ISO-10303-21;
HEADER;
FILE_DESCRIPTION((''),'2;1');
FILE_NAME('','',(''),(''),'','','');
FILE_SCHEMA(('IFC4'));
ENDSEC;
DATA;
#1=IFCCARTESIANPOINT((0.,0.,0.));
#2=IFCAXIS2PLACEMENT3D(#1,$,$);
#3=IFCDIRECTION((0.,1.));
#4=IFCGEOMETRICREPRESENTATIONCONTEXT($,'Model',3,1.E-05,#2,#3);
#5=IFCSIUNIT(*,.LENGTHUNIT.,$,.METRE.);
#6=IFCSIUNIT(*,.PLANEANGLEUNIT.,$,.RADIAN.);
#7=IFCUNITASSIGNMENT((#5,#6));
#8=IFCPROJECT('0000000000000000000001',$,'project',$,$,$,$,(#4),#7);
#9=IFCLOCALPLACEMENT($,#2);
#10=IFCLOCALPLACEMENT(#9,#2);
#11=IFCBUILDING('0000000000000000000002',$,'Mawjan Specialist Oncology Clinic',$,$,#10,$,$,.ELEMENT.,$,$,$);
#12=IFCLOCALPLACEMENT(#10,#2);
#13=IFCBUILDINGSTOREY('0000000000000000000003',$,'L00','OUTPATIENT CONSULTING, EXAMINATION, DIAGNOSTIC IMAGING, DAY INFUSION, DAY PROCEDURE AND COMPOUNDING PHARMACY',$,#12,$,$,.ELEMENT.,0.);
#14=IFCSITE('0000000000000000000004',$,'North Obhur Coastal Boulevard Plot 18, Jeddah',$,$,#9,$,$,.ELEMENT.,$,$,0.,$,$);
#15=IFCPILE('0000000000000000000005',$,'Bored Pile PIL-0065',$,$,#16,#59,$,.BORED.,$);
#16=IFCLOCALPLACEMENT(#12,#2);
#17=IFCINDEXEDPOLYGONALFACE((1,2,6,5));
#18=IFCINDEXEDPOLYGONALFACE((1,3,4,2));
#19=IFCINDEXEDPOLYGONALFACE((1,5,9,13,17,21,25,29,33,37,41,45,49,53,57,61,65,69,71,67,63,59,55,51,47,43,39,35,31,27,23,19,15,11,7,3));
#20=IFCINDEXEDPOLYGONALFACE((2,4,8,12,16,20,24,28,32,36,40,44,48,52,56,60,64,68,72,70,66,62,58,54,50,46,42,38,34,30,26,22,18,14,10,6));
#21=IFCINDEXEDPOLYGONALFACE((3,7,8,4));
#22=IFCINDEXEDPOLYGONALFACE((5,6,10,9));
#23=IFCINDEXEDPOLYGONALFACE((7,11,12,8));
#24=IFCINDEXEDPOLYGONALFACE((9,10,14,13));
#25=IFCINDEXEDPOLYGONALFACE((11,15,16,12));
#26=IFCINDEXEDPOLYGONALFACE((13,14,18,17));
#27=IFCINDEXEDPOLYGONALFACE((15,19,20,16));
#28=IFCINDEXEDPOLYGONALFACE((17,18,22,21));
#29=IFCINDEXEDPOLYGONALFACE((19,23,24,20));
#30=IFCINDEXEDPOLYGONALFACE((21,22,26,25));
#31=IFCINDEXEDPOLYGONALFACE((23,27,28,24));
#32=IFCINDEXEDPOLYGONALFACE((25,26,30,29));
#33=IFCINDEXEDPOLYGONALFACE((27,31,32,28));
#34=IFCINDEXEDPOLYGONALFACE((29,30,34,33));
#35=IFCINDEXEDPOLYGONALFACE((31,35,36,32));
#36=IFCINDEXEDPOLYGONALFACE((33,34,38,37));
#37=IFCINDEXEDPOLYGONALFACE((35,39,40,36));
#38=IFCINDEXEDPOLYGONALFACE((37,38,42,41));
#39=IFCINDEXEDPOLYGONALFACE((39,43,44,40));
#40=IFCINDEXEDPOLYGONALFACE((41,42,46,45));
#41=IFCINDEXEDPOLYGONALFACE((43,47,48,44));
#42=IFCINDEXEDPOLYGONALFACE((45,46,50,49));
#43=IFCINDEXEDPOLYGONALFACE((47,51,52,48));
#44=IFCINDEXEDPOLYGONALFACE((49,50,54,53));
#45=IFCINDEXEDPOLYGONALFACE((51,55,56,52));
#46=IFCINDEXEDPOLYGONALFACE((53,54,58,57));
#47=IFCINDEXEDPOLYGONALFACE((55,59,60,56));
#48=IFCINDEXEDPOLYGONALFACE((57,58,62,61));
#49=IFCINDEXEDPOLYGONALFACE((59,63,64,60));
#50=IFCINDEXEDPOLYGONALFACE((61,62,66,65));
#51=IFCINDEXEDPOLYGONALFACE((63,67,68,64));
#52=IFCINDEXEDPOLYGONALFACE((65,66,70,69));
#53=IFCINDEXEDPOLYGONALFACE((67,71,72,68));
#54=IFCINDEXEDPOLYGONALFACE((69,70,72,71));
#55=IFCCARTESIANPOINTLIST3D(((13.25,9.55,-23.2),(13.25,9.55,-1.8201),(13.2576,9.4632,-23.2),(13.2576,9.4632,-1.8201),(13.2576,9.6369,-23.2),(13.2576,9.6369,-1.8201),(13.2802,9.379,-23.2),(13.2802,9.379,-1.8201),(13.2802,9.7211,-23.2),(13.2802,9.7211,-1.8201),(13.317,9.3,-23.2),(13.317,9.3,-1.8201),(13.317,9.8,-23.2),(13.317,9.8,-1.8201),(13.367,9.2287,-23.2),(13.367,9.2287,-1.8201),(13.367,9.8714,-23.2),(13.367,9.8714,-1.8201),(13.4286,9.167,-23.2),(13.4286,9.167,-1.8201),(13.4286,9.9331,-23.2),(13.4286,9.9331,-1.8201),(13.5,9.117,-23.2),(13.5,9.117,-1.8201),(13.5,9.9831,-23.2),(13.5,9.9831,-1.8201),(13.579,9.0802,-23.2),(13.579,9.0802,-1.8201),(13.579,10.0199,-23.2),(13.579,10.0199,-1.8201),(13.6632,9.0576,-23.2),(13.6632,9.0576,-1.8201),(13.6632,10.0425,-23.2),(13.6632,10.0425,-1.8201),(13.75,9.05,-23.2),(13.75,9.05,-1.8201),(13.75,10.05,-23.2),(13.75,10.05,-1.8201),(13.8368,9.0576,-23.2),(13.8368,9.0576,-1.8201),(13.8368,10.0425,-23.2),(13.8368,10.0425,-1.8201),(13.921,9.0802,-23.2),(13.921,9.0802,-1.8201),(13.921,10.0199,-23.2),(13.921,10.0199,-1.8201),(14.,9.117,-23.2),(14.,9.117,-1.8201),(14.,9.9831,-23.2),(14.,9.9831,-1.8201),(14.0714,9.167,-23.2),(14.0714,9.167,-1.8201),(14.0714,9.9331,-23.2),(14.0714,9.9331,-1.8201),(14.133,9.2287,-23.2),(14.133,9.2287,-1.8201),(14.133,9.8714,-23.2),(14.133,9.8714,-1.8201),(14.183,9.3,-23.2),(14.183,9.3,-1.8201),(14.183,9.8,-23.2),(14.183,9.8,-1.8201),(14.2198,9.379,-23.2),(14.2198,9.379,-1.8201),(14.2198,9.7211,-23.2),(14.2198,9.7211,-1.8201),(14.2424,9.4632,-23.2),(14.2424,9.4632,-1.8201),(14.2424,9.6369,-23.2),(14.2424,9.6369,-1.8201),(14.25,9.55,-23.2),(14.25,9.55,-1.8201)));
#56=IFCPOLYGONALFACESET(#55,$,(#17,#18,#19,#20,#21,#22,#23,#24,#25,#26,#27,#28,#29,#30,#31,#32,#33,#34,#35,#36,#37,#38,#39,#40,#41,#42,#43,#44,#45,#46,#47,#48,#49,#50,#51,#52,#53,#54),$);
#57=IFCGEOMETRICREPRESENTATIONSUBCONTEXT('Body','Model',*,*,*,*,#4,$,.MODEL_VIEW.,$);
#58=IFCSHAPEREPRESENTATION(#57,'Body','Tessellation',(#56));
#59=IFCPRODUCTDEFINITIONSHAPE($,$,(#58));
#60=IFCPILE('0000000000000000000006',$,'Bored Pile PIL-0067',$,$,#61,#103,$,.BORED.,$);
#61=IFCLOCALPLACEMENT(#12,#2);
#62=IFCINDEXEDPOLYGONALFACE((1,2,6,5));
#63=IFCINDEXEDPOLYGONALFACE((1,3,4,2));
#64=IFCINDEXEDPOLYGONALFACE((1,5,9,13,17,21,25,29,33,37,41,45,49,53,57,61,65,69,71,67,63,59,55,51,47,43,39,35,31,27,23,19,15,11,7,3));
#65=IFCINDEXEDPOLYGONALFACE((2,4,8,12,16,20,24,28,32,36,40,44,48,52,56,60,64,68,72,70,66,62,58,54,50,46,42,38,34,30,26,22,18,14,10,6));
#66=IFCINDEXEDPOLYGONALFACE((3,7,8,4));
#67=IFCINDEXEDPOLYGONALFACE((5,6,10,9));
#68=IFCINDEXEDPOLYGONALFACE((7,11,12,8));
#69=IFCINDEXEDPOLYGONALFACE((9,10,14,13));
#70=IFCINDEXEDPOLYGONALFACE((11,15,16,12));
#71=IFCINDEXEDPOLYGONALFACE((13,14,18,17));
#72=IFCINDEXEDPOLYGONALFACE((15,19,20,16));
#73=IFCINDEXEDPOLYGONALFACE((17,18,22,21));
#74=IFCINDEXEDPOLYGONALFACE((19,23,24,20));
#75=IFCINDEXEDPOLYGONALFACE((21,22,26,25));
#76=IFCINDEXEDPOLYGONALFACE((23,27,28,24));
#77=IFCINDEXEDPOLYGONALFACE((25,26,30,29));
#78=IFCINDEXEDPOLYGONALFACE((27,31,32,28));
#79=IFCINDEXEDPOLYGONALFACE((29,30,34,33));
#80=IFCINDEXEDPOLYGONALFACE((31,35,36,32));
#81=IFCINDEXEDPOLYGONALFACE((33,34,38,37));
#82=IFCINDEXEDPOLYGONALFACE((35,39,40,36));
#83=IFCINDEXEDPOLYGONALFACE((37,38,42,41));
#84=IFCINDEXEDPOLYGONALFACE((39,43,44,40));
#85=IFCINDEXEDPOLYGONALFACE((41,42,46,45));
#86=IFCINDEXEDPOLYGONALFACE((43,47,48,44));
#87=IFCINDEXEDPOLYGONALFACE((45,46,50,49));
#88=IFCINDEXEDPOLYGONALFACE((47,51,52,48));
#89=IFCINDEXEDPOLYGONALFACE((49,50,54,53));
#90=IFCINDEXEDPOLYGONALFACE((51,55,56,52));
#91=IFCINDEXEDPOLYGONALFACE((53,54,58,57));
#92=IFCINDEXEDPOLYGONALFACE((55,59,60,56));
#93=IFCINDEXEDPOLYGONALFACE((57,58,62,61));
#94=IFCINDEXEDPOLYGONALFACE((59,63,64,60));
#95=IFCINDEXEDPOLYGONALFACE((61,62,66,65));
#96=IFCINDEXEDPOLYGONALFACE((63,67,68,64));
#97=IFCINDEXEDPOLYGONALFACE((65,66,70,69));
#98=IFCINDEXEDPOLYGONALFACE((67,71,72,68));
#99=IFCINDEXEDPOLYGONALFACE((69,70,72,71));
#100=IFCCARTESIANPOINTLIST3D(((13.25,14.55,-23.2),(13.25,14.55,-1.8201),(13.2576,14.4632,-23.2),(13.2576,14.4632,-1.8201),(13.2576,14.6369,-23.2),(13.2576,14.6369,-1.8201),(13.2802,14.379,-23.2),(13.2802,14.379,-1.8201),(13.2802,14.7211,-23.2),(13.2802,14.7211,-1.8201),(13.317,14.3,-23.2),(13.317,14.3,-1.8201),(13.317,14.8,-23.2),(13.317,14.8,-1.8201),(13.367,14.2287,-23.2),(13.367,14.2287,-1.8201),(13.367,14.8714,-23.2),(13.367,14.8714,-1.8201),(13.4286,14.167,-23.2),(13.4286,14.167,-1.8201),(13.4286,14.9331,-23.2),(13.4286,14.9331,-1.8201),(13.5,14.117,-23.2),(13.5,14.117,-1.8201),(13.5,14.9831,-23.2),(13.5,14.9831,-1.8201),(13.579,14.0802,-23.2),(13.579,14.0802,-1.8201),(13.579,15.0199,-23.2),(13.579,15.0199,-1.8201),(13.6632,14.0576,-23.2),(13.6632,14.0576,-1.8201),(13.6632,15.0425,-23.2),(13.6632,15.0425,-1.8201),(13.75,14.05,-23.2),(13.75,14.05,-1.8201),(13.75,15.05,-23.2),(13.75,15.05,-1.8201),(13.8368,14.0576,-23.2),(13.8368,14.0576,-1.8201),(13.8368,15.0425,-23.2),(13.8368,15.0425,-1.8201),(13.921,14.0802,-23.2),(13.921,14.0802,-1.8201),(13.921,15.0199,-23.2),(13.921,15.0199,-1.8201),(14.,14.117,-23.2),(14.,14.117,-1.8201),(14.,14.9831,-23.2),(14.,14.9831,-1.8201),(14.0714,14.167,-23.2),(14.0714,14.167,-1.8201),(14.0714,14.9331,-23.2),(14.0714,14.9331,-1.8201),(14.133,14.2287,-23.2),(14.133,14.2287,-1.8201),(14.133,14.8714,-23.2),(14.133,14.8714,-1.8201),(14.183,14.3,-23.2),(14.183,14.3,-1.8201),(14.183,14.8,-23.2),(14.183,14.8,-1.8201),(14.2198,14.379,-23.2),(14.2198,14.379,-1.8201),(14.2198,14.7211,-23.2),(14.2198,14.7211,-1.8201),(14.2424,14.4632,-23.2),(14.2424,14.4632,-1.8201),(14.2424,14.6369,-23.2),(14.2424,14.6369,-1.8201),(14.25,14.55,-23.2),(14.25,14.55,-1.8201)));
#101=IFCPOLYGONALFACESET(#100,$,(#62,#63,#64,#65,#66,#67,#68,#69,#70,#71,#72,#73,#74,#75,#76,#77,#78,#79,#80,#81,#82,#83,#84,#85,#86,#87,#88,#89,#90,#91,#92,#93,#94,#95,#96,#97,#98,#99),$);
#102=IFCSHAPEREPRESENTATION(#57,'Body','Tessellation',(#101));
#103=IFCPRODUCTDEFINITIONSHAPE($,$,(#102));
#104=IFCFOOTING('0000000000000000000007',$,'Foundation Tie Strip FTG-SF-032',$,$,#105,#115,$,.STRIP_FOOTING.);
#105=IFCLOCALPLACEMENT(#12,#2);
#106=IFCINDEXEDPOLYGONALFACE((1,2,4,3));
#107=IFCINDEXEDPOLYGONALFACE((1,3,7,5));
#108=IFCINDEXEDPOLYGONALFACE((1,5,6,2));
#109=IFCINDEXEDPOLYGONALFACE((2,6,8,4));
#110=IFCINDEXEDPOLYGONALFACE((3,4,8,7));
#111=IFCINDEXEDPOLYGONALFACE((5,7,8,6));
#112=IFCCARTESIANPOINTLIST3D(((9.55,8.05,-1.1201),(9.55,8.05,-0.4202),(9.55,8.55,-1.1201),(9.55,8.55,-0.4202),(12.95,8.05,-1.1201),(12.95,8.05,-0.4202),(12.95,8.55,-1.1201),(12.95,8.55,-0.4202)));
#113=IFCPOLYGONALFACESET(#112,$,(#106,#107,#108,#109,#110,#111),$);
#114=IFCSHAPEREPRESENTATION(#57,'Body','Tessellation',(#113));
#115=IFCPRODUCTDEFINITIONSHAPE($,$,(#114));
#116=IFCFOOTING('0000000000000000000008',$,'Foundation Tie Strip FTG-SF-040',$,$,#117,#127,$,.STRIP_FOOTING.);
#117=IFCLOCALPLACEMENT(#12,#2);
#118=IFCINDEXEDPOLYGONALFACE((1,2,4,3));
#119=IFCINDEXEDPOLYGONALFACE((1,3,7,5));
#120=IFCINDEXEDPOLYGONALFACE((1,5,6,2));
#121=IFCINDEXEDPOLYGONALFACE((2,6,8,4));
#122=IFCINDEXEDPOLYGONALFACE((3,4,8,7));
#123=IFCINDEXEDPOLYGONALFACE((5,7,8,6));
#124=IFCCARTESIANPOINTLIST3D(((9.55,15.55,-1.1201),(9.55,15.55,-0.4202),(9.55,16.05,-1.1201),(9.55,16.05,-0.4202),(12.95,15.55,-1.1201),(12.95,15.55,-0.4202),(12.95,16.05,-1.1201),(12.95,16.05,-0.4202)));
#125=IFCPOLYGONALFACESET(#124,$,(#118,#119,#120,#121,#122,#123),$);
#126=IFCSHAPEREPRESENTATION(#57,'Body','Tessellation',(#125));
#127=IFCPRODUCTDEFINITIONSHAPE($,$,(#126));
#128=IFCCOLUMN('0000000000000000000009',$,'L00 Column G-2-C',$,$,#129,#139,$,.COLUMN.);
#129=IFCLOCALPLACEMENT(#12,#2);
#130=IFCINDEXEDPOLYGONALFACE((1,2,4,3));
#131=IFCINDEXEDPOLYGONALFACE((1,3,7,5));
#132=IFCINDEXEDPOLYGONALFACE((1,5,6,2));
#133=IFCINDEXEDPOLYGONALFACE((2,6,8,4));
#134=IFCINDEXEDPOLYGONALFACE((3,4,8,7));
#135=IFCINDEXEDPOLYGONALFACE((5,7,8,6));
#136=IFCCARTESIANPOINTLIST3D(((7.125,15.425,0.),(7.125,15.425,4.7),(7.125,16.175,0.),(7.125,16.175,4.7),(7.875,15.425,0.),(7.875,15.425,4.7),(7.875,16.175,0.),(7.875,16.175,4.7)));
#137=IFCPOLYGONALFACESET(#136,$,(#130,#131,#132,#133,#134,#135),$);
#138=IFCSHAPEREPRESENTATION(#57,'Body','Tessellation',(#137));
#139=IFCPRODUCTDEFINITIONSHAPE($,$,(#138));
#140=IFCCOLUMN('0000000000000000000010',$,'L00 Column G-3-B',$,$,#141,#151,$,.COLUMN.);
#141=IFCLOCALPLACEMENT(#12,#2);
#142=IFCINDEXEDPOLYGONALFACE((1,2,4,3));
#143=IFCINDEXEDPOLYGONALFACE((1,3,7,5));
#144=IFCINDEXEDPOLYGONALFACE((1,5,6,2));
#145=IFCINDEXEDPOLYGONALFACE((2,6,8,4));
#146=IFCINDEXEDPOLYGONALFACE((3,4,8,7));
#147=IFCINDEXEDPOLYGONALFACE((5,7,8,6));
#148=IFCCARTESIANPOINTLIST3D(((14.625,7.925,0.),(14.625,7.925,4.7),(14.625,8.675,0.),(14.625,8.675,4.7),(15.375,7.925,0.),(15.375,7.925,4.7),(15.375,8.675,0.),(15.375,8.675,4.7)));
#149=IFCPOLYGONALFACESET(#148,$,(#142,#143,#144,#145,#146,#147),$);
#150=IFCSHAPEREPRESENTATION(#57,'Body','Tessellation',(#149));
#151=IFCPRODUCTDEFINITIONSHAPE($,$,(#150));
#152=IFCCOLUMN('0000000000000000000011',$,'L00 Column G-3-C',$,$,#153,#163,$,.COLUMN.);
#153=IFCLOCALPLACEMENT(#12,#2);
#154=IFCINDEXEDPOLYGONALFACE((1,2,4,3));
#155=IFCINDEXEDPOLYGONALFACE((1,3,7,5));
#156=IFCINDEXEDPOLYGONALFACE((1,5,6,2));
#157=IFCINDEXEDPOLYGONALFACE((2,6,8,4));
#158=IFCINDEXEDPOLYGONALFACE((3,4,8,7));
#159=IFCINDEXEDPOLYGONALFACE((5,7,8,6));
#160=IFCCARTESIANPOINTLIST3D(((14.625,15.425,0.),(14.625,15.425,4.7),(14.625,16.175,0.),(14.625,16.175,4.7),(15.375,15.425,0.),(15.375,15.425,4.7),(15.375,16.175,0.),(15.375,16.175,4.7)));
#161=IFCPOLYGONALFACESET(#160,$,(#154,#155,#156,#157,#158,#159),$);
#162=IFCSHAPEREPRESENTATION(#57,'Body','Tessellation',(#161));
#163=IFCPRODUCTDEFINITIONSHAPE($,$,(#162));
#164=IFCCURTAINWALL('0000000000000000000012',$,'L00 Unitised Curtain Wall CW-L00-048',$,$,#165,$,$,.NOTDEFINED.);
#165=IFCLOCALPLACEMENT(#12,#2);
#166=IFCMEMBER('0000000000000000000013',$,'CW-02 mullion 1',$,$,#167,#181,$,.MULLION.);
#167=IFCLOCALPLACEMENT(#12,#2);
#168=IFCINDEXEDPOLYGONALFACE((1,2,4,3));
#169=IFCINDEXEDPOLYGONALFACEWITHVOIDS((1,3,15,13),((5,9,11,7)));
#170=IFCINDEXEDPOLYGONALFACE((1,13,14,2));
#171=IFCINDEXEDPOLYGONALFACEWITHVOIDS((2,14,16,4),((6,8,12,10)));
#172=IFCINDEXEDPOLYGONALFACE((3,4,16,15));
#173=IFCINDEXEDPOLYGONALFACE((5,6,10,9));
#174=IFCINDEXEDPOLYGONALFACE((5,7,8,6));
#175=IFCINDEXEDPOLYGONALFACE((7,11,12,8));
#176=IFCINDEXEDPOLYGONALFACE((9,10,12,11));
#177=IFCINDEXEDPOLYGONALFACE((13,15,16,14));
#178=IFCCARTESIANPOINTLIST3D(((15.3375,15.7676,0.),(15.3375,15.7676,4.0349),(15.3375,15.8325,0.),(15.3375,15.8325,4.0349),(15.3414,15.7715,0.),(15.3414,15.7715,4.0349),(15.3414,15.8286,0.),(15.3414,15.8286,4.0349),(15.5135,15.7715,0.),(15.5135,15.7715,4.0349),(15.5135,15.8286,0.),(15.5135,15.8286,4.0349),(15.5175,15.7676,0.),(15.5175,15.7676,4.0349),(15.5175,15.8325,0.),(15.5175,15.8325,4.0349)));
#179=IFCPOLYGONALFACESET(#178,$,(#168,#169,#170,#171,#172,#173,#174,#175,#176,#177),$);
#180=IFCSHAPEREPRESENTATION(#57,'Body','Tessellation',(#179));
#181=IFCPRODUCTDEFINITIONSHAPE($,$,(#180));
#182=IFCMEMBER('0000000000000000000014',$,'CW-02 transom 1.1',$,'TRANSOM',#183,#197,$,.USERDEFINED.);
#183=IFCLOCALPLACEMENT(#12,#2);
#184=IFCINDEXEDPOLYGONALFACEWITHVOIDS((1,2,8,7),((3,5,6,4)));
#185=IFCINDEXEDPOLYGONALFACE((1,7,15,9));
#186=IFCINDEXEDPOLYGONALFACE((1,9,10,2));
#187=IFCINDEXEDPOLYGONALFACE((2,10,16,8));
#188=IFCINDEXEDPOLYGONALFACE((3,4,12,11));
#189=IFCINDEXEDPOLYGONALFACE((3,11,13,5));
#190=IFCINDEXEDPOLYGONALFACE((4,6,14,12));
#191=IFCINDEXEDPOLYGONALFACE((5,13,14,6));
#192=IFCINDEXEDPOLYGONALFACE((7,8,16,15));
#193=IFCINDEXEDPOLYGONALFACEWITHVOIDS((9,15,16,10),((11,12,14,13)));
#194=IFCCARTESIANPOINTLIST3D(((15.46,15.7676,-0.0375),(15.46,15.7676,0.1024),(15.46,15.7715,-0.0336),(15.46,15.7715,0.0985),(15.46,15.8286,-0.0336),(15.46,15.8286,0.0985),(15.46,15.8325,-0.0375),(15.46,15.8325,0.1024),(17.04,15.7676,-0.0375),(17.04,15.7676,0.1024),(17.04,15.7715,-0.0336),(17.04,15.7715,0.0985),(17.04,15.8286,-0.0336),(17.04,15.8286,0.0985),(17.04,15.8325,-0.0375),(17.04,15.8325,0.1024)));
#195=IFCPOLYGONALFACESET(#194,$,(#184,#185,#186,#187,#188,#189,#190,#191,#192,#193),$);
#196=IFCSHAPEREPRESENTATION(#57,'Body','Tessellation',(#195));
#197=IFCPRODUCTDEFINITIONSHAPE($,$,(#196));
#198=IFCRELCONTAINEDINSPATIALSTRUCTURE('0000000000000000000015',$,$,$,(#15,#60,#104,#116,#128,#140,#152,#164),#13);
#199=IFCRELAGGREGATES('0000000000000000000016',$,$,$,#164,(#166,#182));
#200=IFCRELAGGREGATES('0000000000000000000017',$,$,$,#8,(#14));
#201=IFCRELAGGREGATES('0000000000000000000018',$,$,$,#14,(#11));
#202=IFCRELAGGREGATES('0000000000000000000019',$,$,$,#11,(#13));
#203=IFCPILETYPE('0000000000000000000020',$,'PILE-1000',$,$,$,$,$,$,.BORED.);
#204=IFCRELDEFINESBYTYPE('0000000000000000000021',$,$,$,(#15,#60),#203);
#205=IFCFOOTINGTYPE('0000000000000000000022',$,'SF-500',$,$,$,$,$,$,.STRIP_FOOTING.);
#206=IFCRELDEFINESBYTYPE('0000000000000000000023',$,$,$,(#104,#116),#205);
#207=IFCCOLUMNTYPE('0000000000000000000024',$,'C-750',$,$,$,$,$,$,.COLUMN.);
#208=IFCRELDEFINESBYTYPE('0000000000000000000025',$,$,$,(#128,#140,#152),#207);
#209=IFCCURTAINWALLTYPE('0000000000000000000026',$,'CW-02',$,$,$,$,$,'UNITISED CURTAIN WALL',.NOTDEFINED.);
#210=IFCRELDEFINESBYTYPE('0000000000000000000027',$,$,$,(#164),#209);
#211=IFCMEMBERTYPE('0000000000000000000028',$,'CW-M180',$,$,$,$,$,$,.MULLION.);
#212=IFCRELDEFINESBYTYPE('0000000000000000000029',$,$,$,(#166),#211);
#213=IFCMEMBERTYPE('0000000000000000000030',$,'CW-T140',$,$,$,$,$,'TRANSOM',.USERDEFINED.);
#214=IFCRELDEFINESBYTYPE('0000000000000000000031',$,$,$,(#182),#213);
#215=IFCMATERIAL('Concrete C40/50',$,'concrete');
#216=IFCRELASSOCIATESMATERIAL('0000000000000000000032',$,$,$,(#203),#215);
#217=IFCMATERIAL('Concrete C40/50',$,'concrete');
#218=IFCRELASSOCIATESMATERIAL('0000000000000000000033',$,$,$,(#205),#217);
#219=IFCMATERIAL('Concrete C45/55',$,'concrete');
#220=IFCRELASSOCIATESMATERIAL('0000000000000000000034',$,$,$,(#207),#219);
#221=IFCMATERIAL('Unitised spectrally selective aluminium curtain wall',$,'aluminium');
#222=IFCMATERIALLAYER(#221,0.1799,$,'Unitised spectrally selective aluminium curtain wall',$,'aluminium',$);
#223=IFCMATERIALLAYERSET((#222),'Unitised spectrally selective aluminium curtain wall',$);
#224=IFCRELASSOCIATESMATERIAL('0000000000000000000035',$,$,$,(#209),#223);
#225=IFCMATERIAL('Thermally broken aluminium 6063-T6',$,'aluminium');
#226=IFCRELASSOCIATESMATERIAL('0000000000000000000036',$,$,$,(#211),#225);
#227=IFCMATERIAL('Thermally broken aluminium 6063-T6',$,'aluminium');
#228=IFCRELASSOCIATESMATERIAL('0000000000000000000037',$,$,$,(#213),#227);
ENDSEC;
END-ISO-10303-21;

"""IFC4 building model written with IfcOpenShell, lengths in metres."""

from ifc_helpers import new_model, si_unit, direction, frame, origin, origin_2d, place, context, subcontext, project, spatial, rectangle, hollow_rectangle, circle, extrude, material, layer, layer_set, material_profile, profile_set, type_object, element, aggregate, save


model = new_model("IFC4")

# Units and contexts
model_context = context("Model", 3, precision=1e-05, world=origin(), true_north=direction((0.0, 1.0)))
body_context = subcontext(model_context, "Body", "Model", "MODEL_VIEW")
ifc_project = project(units=[si_unit("LENGTHUNIT", "METRE"), si_unit("PLANEANGLEUNIT", "RADIAN")], contexts=[model_context])

# Site, building, storey
site_placement = place(None, origin())
site = spatial("IfcSite", under=ifc_project, at=site_placement, Name="North Obhur Coastal Boulevard Plot 18, Jeddah", CompositionType="ELEMENT", RefElevation=0.0)
building_placement = place(site_placement, origin())
building = spatial("IfcBuilding", under=site, at=building_placement, Name="Mawjan Specialist Oncology Clinic", CompositionType="ELEMENT")
storey_placement = place(building_placement, origin())
storey = spatial("IfcBuildingStorey", under=building, at=storey_placement, Name="L00", Description="OUTPATIENT CONSULTING, EXAMINATION, DIAGNOSTIC IMAGING, DAY INFUSION, DAY PROCEDURE AND COMPOUNDING PHARMACY", CompositionType="ELEMENT", Elevation=0.0)

# Piles
ifc_material_1 = material(Name="Concrete C40/50", Category="concrete")
ifc_material_profile_1 = material_profile(ifc_material_1, circle(Radius=0.5, at=origin_2d()), Name="BORED PILE D1000", Category="concrete")
ifc_profile_set_1 = profile_set([ifc_material_profile_1], Name="Concrete C40/50")
pile_type = type_object("IfcPileType", Name="PILE-1000", PredefinedType="BORED", material=ifc_profile_set_1)
for number, where, z_axis, x_axis, name in (
    (1, (13.75, 9.55, -1.8201), (0.0, 0.0, -1.0), (1.0, 0.0, 0.0), "Bored Pile PIL-0065"),
    (2, (13.75, 14.55, -1.8201), (0.0, 0.0, -1.0), (1.0, 0.0, 0.0), "Bored Pile PIL-0067"),
):
    element("IfcPile", number, at=place(storey_placement, frame(where, z_axis=z_axis, x_axis=x_axis)), inside=storey, type_object=pile_type, Name=name, PredefinedType="BORED", context=body_context, shape_type="SweptSolid", body=[
        extrude(circle(Radius=0.5, at=origin_2d()), origin(), (0.0, 0.0, 1.0), 21.3799),
    ])

# Footings
ifc_material_2 = material(Name="Concrete C40/50", Category="concrete")
footing_type_1 = type_object("IfcFootingType", Name="SF-500", PredefinedType="STRIP_FOOTING", material=ifc_material_2)
for number, where, z_axis, x_axis, name in (
    (3, (11.25, 8.3, -1.1201), (0.0, 0.0, 1.0), (1.0, 0.0, 0.0), "Foundation Tie Strip FTG-SF-032"),
    (4, (11.25, 15.8, -1.1201), (0.0, 0.0, 1.0), (1.0, 0.0, 0.0), "Foundation Tie Strip FTG-SF-040"),
):
    element("IfcFooting", number, at=place(storey_placement, frame(where, z_axis=z_axis, x_axis=x_axis)), inside=storey, type_object=footing_type_1, Name=name, PredefinedType="STRIP_FOOTING", context=body_context, shape_type="SweptSolid", body=[
        extrude(rectangle(XDim=3.3999, YDim=0.5, at=origin_2d()), origin(), (0.0, 0.0, 1.0), 0.7),
    ])

# Columns
ifc_material_3 = material(Name="Concrete C45/55", Category="concrete")
ifc_material_profile_2 = material_profile(ifc_material_3, rectangle(XDim=0.75, YDim=0.75, at=origin_2d()), Name="RC COL 750x750", Category="concrete")
ifc_profile_set_2 = profile_set([ifc_material_profile_2], Name="Concrete C45/55")
column_type = type_object("IfcColumnType", Name="C-750", PredefinedType="COLUMN", material=ifc_profile_set_2)
for number, where, z_axis, x_axis, name in (
    (5, (7.5, 15.8, 0.0), (0.0, 0.0, 1.0), (1.0, 0.0, 0.0), "L00 Column G-2-C"),
    (6, (15.0, 8.3, 0.0), (0.0, 0.0, 1.0), (1.0, 0.0, 0.0), "L00 Column G-3-B"),
    (7, (15.0, 15.8, 0.0), (0.0, 0.0, 1.0), (1.0, 0.0, 0.0), "L00 Column G-3-C"),
):
    element("IfcColumn", number, at=place(storey_placement, frame(where, z_axis=z_axis, x_axis=x_axis)), inside=storey, type_object=column_type, Name=name, PredefinedType="COLUMN", context=body_context, shape_type="SweptSolid", body=[
        extrude(rectangle(XDim=0.75, YDim=0.75, at=origin_2d()), origin(), (0.0, 0.0, 1.0), 4.7),
    ])

# Curtain wall, members
ifc_material_4 = material(Name="Unitised spectrally selective aluminium curtain wall", Category="aluminium")
ifc_layer_1 = layer(ifc_material_4, 0.1799, Name="Unitised spectrally selective aluminium curtain wall", Category="aluminium")
ifc_layer_set_1 = layer_set([ifc_layer_1], Name="Unitised spectrally selective aluminium curtain wall")
curtain_wall_type = type_object("IfcCurtainWallType", Name="CW-02", ElementType="UNITISED CURTAIN WALL", PredefinedType="NOTDEFINED", material=ifc_layer_set_1)
curtain_wall_placement = place(storey_placement, origin())
curtain_wall = element("IfcCurtainWall", 8, at=curtain_wall_placement, inside=storey, type_object=curtain_wall_type, Name="L00 Unitised Curtain Wall CW-L00-048", PredefinedType="NOTDEFINED")
ifc_material_5 = material(Name="Thermally broken aluminium 6063-T6", Category="aluminium")
ifc_material_profile_3 = material_profile(ifc_material_5, hollow_rectangle(XDim=0.0649, YDim=0.1799, WallThickness=0.0039, at=origin_2d()), Name="ALU MULLION 180x65x4", Category="aluminium")
ifc_profile_set_3 = profile_set([ifc_material_profile_3], Name="Thermally broken aluminium 6063-T6")
member_type_1 = type_object("IfcMemberType", Name="CW-M180", PredefinedType="MULLION", material=ifc_profile_set_3)
member_1_placement = place(storey_placement, frame((15.4275, 15.8, 0.0), z_axis=(0.0, 0.0, 1.0), x_axis=(0.0, 1.0, 0.0)))
member_1 = element("IfcMember", 9, at=member_1_placement, type_object=member_type_1, Name="CW-02 mullion 1", PredefinedType="MULLION", context=body_context, shape_type="SweptSolid", body=[
    extrude(hollow_rectangle(XDim=0.0649, YDim=0.1799, WallThickness=0.0039, at=origin_2d()), origin(), (0.0, 0.0, 1.0), 4.0349),
])
ifc_material_6 = material(Name="Thermally broken aluminium 6063-T6", Category="aluminium")
ifc_material_profile_4 = material_profile(ifc_material_6, hollow_rectangle(XDim=0.0649, YDim=0.1399, WallThickness=0.0039, at=origin_2d()), Name="ALU TRANSOM 140x65x4", Category="aluminium")
ifc_profile_set_4 = profile_set([ifc_material_profile_4], Name="Thermally broken aluminium 6063-T6")
member_type_2 = type_object("IfcMemberType", Name="CW-T140", ElementType="TRANSOM", PredefinedType="USERDEFINED", material=ifc_profile_set_4)
member_2_placement = place(storey_placement, frame((15.46, 15.8, 0.0325), z_axis=(1.0, 0.0, 0.0), x_axis=(0.0, 1.0, 0.0)))
member_2 = element("IfcMember", 10, at=member_2_placement, type_object=member_type_2, Name="CW-02 transom 1.1", ObjectType="TRANSOM", PredefinedType="USERDEFINED", context=body_context, shape_type="SweptSolid", body=[
    extrude(hollow_rectangle(XDim=0.0649, YDim=0.1399, WallThickness=0.0039, at=origin_2d()), origin(), (0.0, 0.0, 1.0), 1.5801),
])
aggregate(curtain_wall, [member_1, member_2])

save(model, "model.ifc")
